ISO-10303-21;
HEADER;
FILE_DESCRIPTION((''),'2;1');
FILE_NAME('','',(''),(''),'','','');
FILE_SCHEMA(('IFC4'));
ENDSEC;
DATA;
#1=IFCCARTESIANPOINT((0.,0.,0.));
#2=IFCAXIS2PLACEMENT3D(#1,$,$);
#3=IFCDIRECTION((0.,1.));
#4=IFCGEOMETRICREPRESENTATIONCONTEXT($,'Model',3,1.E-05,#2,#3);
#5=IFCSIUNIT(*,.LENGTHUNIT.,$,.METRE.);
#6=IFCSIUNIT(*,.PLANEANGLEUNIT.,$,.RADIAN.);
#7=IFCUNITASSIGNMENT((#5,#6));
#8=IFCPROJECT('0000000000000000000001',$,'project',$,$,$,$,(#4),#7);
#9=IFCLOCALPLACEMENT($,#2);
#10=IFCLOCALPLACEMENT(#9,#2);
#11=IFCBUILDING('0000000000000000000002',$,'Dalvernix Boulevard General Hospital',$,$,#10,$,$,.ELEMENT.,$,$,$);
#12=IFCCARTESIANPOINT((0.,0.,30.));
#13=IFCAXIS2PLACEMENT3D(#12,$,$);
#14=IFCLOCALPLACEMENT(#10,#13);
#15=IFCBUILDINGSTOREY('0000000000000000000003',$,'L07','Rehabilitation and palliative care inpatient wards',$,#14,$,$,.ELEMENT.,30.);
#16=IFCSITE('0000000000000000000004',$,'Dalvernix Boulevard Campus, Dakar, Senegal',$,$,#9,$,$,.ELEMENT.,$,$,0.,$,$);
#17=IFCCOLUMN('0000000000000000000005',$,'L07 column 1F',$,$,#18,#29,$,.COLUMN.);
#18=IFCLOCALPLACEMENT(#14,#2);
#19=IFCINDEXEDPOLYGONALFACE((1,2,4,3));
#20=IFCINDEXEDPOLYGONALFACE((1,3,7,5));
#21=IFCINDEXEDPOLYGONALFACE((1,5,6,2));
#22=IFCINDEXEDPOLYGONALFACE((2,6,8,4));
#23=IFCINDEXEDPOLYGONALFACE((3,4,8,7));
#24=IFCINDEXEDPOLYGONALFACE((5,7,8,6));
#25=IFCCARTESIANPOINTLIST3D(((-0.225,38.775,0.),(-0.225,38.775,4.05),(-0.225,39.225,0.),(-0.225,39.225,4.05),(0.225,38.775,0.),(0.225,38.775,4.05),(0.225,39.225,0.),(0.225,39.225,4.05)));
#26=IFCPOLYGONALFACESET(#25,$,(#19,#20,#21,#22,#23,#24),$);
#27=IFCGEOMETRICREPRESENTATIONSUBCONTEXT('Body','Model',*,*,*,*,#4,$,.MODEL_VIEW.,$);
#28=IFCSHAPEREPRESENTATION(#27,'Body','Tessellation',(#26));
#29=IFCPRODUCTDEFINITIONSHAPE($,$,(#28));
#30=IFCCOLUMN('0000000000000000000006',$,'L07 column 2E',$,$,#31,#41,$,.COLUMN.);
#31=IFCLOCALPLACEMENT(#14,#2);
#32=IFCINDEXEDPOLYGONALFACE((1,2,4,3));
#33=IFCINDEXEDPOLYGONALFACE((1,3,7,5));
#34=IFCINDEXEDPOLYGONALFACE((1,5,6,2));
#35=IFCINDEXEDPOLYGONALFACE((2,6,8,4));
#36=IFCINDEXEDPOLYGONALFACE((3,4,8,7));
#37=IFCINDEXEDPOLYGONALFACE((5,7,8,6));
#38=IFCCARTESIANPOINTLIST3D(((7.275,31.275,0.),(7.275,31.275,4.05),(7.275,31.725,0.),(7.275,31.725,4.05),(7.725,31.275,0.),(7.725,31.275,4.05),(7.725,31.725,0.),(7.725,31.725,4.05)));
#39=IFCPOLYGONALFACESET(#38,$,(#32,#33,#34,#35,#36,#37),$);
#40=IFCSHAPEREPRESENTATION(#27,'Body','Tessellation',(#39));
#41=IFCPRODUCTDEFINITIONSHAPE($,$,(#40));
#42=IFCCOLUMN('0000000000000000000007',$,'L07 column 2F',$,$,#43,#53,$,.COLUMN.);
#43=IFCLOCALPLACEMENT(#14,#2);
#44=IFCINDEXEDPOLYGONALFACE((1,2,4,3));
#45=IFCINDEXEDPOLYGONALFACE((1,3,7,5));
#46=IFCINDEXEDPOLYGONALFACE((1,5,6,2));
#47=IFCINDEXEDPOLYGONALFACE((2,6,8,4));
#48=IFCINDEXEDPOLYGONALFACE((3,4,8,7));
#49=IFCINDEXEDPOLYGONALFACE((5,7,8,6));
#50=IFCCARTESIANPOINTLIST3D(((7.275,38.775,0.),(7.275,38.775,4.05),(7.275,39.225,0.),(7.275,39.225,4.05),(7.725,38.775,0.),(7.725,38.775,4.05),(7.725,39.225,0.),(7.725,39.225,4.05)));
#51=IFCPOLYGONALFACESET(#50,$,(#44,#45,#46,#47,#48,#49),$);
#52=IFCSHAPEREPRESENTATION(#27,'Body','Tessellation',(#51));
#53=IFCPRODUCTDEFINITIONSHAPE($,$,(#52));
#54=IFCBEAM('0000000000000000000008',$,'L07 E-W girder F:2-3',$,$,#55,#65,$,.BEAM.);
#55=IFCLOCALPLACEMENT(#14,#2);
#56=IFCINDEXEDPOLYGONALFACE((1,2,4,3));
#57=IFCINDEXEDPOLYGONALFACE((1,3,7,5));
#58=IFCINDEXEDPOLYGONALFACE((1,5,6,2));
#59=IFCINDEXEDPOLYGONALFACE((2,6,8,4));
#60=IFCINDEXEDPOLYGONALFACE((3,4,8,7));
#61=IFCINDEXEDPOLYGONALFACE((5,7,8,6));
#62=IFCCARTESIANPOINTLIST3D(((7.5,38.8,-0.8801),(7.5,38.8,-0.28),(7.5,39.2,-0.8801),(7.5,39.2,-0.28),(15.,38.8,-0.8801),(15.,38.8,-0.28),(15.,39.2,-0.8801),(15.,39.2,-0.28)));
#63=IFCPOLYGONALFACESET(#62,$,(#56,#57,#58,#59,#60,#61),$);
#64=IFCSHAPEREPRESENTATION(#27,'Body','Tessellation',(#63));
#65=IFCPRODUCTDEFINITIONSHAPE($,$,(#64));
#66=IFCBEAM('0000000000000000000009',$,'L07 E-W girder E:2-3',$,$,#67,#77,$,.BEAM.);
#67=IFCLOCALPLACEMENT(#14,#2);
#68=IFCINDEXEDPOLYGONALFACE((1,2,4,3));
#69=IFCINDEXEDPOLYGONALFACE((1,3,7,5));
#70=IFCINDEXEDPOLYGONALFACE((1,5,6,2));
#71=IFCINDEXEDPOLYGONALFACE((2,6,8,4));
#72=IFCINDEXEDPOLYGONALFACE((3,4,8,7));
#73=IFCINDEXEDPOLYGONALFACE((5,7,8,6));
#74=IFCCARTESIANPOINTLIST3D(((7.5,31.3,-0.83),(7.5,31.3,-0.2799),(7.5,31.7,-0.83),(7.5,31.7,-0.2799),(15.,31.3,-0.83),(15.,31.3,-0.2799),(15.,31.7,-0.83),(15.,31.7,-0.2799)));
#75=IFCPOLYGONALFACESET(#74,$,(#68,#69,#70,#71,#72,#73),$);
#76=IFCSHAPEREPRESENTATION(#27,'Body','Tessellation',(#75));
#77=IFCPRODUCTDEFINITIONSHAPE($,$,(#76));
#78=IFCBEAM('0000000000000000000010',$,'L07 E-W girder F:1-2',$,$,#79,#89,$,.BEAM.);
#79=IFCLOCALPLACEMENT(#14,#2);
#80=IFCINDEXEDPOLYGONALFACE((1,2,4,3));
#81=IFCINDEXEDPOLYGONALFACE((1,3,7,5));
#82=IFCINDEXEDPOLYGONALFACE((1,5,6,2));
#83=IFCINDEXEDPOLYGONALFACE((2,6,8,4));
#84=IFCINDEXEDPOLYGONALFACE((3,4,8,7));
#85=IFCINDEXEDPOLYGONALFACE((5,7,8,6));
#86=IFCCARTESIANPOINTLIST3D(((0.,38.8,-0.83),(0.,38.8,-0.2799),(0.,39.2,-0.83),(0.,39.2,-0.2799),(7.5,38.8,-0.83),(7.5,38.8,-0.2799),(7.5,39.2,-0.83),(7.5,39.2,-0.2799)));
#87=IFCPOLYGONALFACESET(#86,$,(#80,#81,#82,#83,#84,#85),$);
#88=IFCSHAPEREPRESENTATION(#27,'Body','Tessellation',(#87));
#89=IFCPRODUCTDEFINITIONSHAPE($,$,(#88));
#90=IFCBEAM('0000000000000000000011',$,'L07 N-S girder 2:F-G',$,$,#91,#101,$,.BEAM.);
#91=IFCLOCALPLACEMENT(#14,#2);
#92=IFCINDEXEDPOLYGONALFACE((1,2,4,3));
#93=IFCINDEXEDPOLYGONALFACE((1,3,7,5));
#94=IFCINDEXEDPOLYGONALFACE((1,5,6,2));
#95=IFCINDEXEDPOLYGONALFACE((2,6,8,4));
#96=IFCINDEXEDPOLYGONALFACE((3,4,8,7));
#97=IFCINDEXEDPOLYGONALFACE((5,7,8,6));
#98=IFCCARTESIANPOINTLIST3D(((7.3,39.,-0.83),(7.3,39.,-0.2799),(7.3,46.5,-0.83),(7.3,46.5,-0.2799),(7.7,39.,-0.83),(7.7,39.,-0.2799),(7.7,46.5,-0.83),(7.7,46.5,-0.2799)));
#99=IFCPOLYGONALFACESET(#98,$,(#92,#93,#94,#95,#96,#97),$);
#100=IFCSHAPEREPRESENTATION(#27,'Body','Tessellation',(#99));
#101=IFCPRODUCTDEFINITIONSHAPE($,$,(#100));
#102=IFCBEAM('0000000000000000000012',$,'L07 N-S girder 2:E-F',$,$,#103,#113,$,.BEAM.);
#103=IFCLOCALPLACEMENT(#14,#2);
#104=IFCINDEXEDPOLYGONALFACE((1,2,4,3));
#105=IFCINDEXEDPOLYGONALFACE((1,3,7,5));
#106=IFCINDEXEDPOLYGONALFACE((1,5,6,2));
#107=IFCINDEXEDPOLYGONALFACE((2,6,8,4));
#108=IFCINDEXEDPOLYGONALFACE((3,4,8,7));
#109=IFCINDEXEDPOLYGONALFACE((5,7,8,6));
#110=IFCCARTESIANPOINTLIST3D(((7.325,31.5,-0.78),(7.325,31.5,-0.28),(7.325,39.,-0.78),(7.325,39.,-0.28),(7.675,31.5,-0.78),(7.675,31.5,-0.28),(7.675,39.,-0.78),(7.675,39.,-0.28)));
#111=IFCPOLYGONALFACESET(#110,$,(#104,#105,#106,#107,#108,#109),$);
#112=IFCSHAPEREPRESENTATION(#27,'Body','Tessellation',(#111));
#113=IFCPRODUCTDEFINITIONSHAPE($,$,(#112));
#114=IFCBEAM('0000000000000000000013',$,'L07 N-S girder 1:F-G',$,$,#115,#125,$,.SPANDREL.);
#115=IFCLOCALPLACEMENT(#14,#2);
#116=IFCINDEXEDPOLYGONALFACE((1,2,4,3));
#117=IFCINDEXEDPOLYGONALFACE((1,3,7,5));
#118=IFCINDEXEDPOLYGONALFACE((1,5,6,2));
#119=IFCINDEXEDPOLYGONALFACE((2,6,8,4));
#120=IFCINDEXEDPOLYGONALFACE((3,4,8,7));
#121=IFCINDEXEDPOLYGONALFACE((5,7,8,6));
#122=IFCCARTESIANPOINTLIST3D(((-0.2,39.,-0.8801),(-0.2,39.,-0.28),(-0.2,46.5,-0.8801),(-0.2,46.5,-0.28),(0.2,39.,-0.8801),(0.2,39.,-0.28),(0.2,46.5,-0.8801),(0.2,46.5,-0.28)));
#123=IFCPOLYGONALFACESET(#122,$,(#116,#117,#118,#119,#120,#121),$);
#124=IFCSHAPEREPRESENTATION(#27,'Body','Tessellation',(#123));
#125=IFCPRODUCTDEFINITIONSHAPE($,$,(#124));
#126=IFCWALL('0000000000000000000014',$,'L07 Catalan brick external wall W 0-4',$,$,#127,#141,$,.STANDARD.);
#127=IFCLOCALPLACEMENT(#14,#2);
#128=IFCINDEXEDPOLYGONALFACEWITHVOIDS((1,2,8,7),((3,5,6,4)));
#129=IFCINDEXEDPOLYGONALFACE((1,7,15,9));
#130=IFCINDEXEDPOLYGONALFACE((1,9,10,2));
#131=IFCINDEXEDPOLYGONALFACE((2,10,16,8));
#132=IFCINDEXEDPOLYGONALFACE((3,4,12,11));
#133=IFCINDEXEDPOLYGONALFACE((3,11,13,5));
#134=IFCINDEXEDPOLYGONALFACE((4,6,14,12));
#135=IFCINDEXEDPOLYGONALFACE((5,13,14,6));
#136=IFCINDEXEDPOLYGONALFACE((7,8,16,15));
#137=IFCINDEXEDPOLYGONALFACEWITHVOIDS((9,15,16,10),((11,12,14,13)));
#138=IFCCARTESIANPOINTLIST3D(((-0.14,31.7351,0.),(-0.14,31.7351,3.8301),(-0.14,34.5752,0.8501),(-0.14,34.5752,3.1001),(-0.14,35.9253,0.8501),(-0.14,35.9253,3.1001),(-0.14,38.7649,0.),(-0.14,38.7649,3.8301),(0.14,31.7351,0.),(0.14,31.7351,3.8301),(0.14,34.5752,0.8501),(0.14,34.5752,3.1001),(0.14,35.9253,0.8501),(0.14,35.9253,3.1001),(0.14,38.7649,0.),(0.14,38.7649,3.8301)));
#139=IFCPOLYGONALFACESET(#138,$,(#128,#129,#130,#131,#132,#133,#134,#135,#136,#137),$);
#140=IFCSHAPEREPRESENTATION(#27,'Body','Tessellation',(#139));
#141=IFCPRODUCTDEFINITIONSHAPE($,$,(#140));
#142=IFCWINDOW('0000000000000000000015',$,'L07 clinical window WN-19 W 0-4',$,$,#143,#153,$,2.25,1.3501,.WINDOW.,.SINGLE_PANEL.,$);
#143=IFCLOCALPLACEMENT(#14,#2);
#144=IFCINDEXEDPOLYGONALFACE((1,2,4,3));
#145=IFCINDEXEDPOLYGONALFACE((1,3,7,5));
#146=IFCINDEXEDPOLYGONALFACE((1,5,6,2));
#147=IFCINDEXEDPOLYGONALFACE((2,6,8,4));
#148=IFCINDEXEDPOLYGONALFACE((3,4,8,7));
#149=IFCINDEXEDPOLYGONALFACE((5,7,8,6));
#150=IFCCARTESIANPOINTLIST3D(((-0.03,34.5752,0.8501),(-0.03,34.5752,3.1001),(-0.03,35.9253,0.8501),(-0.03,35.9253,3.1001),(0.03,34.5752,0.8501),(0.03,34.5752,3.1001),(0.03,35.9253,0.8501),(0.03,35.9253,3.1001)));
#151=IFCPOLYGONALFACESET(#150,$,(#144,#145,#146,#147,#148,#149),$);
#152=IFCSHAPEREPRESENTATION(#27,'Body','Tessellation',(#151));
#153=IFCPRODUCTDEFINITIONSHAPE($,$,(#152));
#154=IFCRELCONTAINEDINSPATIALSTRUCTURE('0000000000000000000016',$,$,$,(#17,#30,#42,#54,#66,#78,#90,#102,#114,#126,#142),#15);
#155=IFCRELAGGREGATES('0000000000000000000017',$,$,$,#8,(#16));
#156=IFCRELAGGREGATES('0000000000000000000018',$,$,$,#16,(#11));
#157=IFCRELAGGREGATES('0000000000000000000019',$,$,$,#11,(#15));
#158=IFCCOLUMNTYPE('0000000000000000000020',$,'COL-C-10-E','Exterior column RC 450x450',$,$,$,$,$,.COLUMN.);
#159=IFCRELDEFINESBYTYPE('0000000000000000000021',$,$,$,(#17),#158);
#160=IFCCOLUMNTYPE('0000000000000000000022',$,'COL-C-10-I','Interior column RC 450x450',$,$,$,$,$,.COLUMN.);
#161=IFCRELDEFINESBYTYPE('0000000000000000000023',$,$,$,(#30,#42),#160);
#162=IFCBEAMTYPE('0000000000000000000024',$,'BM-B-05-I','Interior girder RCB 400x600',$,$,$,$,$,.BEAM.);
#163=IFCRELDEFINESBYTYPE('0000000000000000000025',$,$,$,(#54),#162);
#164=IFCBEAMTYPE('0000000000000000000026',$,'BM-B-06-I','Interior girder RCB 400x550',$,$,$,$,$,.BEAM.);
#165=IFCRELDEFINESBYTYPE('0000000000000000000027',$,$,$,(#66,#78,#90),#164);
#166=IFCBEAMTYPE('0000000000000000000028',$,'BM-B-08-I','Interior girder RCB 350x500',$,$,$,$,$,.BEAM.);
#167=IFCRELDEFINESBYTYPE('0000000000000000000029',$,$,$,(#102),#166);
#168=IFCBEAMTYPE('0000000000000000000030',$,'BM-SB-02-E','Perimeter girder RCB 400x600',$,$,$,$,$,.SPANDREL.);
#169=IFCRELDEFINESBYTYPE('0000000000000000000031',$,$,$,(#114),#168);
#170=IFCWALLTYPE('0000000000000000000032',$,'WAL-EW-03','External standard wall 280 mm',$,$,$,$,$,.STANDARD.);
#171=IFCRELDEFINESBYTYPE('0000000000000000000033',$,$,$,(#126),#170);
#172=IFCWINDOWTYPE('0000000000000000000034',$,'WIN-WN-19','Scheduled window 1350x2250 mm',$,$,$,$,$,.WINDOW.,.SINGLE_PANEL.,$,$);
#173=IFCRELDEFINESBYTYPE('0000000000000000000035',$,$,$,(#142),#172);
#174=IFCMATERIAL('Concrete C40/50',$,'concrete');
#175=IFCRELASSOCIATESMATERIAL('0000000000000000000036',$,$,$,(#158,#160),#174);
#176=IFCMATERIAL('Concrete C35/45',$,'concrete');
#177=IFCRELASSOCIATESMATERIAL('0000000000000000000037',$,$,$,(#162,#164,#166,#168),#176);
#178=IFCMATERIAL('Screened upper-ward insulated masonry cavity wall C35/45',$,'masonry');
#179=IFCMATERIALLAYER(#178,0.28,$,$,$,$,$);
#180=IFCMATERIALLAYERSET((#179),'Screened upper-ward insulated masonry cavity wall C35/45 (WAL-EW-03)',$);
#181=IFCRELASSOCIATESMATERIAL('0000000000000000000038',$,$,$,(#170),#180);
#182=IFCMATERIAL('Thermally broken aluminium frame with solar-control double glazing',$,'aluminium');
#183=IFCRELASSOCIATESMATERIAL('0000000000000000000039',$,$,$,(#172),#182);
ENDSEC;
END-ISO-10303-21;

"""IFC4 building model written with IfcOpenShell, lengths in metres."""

from ifc_helpers import new_model, si_unit, direction, frame, frame_2d, origin, origin_2d, place, context, subcontext, project, spatial, rectangle, extrude, material, layer, layer_set, material_profile, profile_set, type_object, element, fill, save


model = new_model("IFC4")

# Units and contexts
model_context = context("Model", 3, precision=1e-05, world=origin(), true_north=direction((0.0, 1.0)))
body_context = subcontext(model_context, "Body", "Model", "MODEL_VIEW")
ifc_project = project(units=[si_unit("LENGTHUNIT", "METRE"), si_unit("PLANEANGLEUNIT", "RADIAN")], contexts=[model_context])

# Site, building, storey
site_placement = place(None, origin())
site = spatial("IfcSite", under=ifc_project, at=site_placement, Name="Dalvernix Boulevard Campus, Dakar, Senegal", CompositionType="ELEMENT", RefElevation=0.0)
building_placement = place(site_placement, origin())
building = spatial("IfcBuilding", under=site, at=building_placement, Name="Dalvernix Boulevard General Hospital", CompositionType="ELEMENT")
storey_placement = place(building_placement, frame((0.0, 0.0, 30.0)))
storey = spatial("IfcBuildingStorey", under=building, at=storey_placement, Name="L07", Description="Rehabilitation and palliative care inpatient wards", CompositionType="ELEMENT", Elevation=30.0)

# Columns
ifc_material_1 = material(Name="Concrete C40/50", Category="concrete")
ifc_material_profile_1 = material_profile(ifc_material_1, rectangle(XDim=0.45, YDim=0.45, at=origin_2d()), Name="RC 450x450")
ifc_profile_set_1 = profile_set([ifc_material_profile_1], Name="Concrete C40/50")
column_type_1 = type_object("IfcColumnType", Name="COL-C-10-E", Description="Exterior column RC 450x450", PredefinedType="COLUMN", material=ifc_profile_set_1)
column_placement = place(storey_placement, frame((0.0, 39.0, 0.0), z_axis=(0.0, 0.0, 1.0), x_axis=(1.0, 0.0, 0.0)))
element("IfcColumn", 1, at=column_placement, inside=storey, type_object=column_type_1, Name="L07 column 1F", PredefinedType="COLUMN", context=body_context, shape_type="SweptSolid", body=[
    extrude(rectangle(XDim=0.45, YDim=0.45, at=origin_2d()), origin(), (0.0, 0.0, 1.0), 4.05),
])
ifc_material_profile_2 = material_profile(ifc_material_1, rectangle(XDim=0.45, YDim=0.45, at=origin_2d()), Name="RC 450x450")
ifc_profile_set_2 = profile_set([ifc_material_profile_2], Name="Concrete C40/50")
column_type_2 = type_object("IfcColumnType", Name="COL-C-10-I", Description="Interior column RC 450x450", PredefinedType="COLUMN", material=ifc_profile_set_2)
for number, where, z_axis, x_axis, name in (
    (2, (7.5, 31.5, 0.0), (0.0, 0.0, 1.0), (1.0, 0.0, 0.0), "L07 column 2E"),
    (3, (7.5, 39.0, 0.0), (0.0, 0.0, 1.0), (1.0, 0.0, 0.0), "L07 column 2F"),
):
    element("IfcColumn", number, at=place(storey_placement, frame(where, z_axis=z_axis, x_axis=x_axis)), inside=storey, type_object=column_type_2, Name=name, PredefinedType="COLUMN", context=body_context, shape_type="SweptSolid", body=[
        extrude(rectangle(XDim=0.45, YDim=0.45, at=origin_2d()), origin(), (0.0, 0.0, 1.0), 4.05),
    ])

# Beams
ifc_material_2 = material(Name="Concrete C35/45", Category="concrete")
ifc_material_profile_3 = material_profile(ifc_material_2, rectangle(XDim=0.3999, YDim=0.6001, at=origin_2d()), Name="RCB 400x600")
ifc_profile_set_3 = profile_set([ifc_material_profile_3], Name="Concrete C35/45")
beam_type_1 = type_object("IfcBeamType", Name="BM-B-05-I", Description="Interior girder RCB 400x600", PredefinedType="BEAM", material=ifc_profile_set_3)
beam_1_placement = place(storey_placement, frame((7.5, 39.0, -0.5801), z_axis=(1.0, 0.0, 0.0), x_axis=(0.0, 1.0, 0.0)))
element("IfcBeam", 4, at=beam_1_placement, inside=storey, type_object=beam_type_1, Name="L07 E-W girder F:2-3", PredefinedType="BEAM", context=body_context, shape_type="SweptSolid", body=[
    extrude(rectangle(XDim=0.3999, YDim=0.6001, at=origin_2d()), origin(), (0.0, 0.0, 1.0), 7.5),
])
ifc_material_profile_4 = material_profile(ifc_material_2, rectangle(XDim=0.3999, YDim=0.55, at=origin_2d()), Name="RCB 400x550")
ifc_profile_set_4 = profile_set([ifc_material_profile_4], Name="Concrete C35/45")
beam_type_2 = type_object("IfcBeamType", Name="BM-B-06-I", Description="Interior girder RCB 400x550", PredefinedType="BEAM", material=ifc_profile_set_4)
for number, where, z_axis, x_axis, name in (
    (5, (7.5, 31.5, -0.5549), (1.0, 0.0, 0.0), (0.0, 1.0, 0.0), "L07 E-W girder E:2-3"),
    (6, (0.0, 39.0, -0.5549), (1.0, 0.0, 0.0), (0.0, 1.0, 0.0), "L07 E-W girder F:1-2"),
    (7, (7.5, 39.0, -0.5549), (0.0, 1.0, 0.0), (-1.0, 0.0, 0.0), "L07 N-S girder 2:F-G"),
):
    element("IfcBeam", number, at=place(storey_placement, frame(where, z_axis=z_axis, x_axis=x_axis)), inside=storey, type_object=beam_type_2, Name=name, PredefinedType="BEAM", context=body_context, shape_type="SweptSolid", body=[
        extrude(rectangle(XDim=0.3999, YDim=0.55, at=origin_2d()), origin(), (0.0, 0.0, 1.0), 7.5),
    ])
ifc_material_profile_5 = material_profile(ifc_material_2, rectangle(XDim=0.3501, YDim=0.5, at=origin_2d()), Name="RCB 350x500")
ifc_profile_set_5 = profile_set([ifc_material_profile_5], Name="Concrete C35/45")
beam_type_3 = type_object("IfcBeamType", Name="BM-B-08-I", Description="Interior girder RCB 350x500", PredefinedType="BEAM", material=ifc_profile_set_5)
beam_2_placement = place(storey_placement, frame((7.5, 31.5, -0.53), z_axis=(0.0, 1.0, 0.0), x_axis=(-1.0, 0.0, 0.0)))
element("IfcBeam", 8, at=beam_2_placement, inside=storey, type_object=beam_type_3, Name="L07 N-S girder 2:E-F", PredefinedType="BEAM", context=body_context, shape_type="SweptSolid", body=[
    extrude(rectangle(XDim=0.3501, YDim=0.5, at=origin_2d()), origin(), (0.0, 0.0, 1.0), 7.5),
])
ifc_material_profile_6 = material_profile(ifc_material_2, rectangle(XDim=0.3999, YDim=0.6001, at=origin_2d()), Name="RCB 400x600")
ifc_profile_set_6 = profile_set([ifc_material_profile_6], Name="Concrete C35/45")
beam_type_4 = type_object("IfcBeamType", Name="BM-SB-02-E", Description="Perimeter girder RCB 400x600", PredefinedType="SPANDREL", material=ifc_profile_set_6)
beam_3_placement = place(storey_placement, frame((0.0, 39.0, -0.5801), z_axis=(0.0, 1.0, 0.0), x_axis=(-1.0, 0.0, 0.0)))
element("IfcBeam", 9, at=beam_3_placement, inside=storey, type_object=beam_type_4, Name="L07 N-S girder 1:F-G", PredefinedType="SPANDREL", context=body_context, shape_type="SweptSolid", body=[
    extrude(rectangle(XDim=0.3999, YDim=0.6001, at=origin_2d()), origin(), (0.0, 0.0, 1.0), 7.5),
])

# Wall, opening, window
ifc_material_3 = material(Name="Screened upper-ward insulated masonry cavity wall C35/45", Category="masonry")
ifc_layer_1 = layer(ifc_material_3, 0.28)
ifc_layer_set_1 = layer_set([ifc_layer_1], Name="Screened upper-ward insulated masonry cavity wall C35/45 (WAL-EW-03)")
wall_type_1 = type_object("IfcWallType", Name="WAL-EW-03", Description="External standard wall 280 mm", PredefinedType="STANDARD", material=ifc_layer_set_1)
wall_1_placement = place(storey_placement, frame((0.0, 31.7351, 0.0), z_axis=(0.0, 0.0, 1.0), x_axis=(0.0, 1.0, 0.0)))
wall_1 = element("IfcWall", 10, at=wall_1_placement, inside=storey, type_object=wall_type_1, Name="L07 Catalan brick external wall W 0-4", PredefinedType="STANDARD", context=body_context, shape_type="SweptSolid", body=[
    extrude(rectangle(XDim=7.0298, YDim=0.28, at=frame_2d((3.5149, 0.0))), origin(), (0.0, 0.0, 1.0), 3.8301),
])
opening_1_placement = place(wall_1_placement, frame((2.8401, 0.0, 0.8501)))
opening_1 = element("IfcOpeningElement", 11, at=opening_1_placement, cuts=wall_1, PredefinedType="OPENING", context=body_context, shape_type="SweptSolid", body=[
    extrude(rectangle(XDim=1.3501, YDim=2.25, at=frame_2d((0.675, 1.125))), frame((0.0, 0.1499, 0.0), z_axis=(0.0, -1.0, 0.0), x_axis=(1.0, 0.0, 0.0)), (0.0, 0.0, 1.0), 0.3),
])
ifc_material_4 = material(Name="Thermally broken aluminium frame with solar-control double glazing", Category="aluminium")
window_type_1 = type_object("IfcWindowType", Name="WIN-WN-19", Description="Scheduled window 1350x2250 mm", PartitioningType="SINGLE_PANEL", PredefinedType="WINDOW", material=ifc_material_4)
window_1_placement = place(opening_1_placement, origin())
window_1 = element("IfcWindow", 12, at=window_1_placement, inside=storey, type_object=window_type_1, Name="L07 clinical window WN-19 W 0-4", OverallHeight=2.25, OverallWidth=1.3501, PartitioningType="SINGLE_PANEL", PredefinedType="WINDOW", context=body_context, shape_type="SweptSolid", body=[
    extrude(rectangle(XDim=1.3501, YDim=2.25, at=frame_2d((0.675, 1.125))), frame((0.0, 0.03, 0.0), z_axis=(0.0, -1.0, 0.0), x_axis=(1.0, 0.0, 0.0)), (0.0, 0.0, 1.0), 0.0601),
])
fill(opening_1, window_1)

save(model, "model.ifc")
